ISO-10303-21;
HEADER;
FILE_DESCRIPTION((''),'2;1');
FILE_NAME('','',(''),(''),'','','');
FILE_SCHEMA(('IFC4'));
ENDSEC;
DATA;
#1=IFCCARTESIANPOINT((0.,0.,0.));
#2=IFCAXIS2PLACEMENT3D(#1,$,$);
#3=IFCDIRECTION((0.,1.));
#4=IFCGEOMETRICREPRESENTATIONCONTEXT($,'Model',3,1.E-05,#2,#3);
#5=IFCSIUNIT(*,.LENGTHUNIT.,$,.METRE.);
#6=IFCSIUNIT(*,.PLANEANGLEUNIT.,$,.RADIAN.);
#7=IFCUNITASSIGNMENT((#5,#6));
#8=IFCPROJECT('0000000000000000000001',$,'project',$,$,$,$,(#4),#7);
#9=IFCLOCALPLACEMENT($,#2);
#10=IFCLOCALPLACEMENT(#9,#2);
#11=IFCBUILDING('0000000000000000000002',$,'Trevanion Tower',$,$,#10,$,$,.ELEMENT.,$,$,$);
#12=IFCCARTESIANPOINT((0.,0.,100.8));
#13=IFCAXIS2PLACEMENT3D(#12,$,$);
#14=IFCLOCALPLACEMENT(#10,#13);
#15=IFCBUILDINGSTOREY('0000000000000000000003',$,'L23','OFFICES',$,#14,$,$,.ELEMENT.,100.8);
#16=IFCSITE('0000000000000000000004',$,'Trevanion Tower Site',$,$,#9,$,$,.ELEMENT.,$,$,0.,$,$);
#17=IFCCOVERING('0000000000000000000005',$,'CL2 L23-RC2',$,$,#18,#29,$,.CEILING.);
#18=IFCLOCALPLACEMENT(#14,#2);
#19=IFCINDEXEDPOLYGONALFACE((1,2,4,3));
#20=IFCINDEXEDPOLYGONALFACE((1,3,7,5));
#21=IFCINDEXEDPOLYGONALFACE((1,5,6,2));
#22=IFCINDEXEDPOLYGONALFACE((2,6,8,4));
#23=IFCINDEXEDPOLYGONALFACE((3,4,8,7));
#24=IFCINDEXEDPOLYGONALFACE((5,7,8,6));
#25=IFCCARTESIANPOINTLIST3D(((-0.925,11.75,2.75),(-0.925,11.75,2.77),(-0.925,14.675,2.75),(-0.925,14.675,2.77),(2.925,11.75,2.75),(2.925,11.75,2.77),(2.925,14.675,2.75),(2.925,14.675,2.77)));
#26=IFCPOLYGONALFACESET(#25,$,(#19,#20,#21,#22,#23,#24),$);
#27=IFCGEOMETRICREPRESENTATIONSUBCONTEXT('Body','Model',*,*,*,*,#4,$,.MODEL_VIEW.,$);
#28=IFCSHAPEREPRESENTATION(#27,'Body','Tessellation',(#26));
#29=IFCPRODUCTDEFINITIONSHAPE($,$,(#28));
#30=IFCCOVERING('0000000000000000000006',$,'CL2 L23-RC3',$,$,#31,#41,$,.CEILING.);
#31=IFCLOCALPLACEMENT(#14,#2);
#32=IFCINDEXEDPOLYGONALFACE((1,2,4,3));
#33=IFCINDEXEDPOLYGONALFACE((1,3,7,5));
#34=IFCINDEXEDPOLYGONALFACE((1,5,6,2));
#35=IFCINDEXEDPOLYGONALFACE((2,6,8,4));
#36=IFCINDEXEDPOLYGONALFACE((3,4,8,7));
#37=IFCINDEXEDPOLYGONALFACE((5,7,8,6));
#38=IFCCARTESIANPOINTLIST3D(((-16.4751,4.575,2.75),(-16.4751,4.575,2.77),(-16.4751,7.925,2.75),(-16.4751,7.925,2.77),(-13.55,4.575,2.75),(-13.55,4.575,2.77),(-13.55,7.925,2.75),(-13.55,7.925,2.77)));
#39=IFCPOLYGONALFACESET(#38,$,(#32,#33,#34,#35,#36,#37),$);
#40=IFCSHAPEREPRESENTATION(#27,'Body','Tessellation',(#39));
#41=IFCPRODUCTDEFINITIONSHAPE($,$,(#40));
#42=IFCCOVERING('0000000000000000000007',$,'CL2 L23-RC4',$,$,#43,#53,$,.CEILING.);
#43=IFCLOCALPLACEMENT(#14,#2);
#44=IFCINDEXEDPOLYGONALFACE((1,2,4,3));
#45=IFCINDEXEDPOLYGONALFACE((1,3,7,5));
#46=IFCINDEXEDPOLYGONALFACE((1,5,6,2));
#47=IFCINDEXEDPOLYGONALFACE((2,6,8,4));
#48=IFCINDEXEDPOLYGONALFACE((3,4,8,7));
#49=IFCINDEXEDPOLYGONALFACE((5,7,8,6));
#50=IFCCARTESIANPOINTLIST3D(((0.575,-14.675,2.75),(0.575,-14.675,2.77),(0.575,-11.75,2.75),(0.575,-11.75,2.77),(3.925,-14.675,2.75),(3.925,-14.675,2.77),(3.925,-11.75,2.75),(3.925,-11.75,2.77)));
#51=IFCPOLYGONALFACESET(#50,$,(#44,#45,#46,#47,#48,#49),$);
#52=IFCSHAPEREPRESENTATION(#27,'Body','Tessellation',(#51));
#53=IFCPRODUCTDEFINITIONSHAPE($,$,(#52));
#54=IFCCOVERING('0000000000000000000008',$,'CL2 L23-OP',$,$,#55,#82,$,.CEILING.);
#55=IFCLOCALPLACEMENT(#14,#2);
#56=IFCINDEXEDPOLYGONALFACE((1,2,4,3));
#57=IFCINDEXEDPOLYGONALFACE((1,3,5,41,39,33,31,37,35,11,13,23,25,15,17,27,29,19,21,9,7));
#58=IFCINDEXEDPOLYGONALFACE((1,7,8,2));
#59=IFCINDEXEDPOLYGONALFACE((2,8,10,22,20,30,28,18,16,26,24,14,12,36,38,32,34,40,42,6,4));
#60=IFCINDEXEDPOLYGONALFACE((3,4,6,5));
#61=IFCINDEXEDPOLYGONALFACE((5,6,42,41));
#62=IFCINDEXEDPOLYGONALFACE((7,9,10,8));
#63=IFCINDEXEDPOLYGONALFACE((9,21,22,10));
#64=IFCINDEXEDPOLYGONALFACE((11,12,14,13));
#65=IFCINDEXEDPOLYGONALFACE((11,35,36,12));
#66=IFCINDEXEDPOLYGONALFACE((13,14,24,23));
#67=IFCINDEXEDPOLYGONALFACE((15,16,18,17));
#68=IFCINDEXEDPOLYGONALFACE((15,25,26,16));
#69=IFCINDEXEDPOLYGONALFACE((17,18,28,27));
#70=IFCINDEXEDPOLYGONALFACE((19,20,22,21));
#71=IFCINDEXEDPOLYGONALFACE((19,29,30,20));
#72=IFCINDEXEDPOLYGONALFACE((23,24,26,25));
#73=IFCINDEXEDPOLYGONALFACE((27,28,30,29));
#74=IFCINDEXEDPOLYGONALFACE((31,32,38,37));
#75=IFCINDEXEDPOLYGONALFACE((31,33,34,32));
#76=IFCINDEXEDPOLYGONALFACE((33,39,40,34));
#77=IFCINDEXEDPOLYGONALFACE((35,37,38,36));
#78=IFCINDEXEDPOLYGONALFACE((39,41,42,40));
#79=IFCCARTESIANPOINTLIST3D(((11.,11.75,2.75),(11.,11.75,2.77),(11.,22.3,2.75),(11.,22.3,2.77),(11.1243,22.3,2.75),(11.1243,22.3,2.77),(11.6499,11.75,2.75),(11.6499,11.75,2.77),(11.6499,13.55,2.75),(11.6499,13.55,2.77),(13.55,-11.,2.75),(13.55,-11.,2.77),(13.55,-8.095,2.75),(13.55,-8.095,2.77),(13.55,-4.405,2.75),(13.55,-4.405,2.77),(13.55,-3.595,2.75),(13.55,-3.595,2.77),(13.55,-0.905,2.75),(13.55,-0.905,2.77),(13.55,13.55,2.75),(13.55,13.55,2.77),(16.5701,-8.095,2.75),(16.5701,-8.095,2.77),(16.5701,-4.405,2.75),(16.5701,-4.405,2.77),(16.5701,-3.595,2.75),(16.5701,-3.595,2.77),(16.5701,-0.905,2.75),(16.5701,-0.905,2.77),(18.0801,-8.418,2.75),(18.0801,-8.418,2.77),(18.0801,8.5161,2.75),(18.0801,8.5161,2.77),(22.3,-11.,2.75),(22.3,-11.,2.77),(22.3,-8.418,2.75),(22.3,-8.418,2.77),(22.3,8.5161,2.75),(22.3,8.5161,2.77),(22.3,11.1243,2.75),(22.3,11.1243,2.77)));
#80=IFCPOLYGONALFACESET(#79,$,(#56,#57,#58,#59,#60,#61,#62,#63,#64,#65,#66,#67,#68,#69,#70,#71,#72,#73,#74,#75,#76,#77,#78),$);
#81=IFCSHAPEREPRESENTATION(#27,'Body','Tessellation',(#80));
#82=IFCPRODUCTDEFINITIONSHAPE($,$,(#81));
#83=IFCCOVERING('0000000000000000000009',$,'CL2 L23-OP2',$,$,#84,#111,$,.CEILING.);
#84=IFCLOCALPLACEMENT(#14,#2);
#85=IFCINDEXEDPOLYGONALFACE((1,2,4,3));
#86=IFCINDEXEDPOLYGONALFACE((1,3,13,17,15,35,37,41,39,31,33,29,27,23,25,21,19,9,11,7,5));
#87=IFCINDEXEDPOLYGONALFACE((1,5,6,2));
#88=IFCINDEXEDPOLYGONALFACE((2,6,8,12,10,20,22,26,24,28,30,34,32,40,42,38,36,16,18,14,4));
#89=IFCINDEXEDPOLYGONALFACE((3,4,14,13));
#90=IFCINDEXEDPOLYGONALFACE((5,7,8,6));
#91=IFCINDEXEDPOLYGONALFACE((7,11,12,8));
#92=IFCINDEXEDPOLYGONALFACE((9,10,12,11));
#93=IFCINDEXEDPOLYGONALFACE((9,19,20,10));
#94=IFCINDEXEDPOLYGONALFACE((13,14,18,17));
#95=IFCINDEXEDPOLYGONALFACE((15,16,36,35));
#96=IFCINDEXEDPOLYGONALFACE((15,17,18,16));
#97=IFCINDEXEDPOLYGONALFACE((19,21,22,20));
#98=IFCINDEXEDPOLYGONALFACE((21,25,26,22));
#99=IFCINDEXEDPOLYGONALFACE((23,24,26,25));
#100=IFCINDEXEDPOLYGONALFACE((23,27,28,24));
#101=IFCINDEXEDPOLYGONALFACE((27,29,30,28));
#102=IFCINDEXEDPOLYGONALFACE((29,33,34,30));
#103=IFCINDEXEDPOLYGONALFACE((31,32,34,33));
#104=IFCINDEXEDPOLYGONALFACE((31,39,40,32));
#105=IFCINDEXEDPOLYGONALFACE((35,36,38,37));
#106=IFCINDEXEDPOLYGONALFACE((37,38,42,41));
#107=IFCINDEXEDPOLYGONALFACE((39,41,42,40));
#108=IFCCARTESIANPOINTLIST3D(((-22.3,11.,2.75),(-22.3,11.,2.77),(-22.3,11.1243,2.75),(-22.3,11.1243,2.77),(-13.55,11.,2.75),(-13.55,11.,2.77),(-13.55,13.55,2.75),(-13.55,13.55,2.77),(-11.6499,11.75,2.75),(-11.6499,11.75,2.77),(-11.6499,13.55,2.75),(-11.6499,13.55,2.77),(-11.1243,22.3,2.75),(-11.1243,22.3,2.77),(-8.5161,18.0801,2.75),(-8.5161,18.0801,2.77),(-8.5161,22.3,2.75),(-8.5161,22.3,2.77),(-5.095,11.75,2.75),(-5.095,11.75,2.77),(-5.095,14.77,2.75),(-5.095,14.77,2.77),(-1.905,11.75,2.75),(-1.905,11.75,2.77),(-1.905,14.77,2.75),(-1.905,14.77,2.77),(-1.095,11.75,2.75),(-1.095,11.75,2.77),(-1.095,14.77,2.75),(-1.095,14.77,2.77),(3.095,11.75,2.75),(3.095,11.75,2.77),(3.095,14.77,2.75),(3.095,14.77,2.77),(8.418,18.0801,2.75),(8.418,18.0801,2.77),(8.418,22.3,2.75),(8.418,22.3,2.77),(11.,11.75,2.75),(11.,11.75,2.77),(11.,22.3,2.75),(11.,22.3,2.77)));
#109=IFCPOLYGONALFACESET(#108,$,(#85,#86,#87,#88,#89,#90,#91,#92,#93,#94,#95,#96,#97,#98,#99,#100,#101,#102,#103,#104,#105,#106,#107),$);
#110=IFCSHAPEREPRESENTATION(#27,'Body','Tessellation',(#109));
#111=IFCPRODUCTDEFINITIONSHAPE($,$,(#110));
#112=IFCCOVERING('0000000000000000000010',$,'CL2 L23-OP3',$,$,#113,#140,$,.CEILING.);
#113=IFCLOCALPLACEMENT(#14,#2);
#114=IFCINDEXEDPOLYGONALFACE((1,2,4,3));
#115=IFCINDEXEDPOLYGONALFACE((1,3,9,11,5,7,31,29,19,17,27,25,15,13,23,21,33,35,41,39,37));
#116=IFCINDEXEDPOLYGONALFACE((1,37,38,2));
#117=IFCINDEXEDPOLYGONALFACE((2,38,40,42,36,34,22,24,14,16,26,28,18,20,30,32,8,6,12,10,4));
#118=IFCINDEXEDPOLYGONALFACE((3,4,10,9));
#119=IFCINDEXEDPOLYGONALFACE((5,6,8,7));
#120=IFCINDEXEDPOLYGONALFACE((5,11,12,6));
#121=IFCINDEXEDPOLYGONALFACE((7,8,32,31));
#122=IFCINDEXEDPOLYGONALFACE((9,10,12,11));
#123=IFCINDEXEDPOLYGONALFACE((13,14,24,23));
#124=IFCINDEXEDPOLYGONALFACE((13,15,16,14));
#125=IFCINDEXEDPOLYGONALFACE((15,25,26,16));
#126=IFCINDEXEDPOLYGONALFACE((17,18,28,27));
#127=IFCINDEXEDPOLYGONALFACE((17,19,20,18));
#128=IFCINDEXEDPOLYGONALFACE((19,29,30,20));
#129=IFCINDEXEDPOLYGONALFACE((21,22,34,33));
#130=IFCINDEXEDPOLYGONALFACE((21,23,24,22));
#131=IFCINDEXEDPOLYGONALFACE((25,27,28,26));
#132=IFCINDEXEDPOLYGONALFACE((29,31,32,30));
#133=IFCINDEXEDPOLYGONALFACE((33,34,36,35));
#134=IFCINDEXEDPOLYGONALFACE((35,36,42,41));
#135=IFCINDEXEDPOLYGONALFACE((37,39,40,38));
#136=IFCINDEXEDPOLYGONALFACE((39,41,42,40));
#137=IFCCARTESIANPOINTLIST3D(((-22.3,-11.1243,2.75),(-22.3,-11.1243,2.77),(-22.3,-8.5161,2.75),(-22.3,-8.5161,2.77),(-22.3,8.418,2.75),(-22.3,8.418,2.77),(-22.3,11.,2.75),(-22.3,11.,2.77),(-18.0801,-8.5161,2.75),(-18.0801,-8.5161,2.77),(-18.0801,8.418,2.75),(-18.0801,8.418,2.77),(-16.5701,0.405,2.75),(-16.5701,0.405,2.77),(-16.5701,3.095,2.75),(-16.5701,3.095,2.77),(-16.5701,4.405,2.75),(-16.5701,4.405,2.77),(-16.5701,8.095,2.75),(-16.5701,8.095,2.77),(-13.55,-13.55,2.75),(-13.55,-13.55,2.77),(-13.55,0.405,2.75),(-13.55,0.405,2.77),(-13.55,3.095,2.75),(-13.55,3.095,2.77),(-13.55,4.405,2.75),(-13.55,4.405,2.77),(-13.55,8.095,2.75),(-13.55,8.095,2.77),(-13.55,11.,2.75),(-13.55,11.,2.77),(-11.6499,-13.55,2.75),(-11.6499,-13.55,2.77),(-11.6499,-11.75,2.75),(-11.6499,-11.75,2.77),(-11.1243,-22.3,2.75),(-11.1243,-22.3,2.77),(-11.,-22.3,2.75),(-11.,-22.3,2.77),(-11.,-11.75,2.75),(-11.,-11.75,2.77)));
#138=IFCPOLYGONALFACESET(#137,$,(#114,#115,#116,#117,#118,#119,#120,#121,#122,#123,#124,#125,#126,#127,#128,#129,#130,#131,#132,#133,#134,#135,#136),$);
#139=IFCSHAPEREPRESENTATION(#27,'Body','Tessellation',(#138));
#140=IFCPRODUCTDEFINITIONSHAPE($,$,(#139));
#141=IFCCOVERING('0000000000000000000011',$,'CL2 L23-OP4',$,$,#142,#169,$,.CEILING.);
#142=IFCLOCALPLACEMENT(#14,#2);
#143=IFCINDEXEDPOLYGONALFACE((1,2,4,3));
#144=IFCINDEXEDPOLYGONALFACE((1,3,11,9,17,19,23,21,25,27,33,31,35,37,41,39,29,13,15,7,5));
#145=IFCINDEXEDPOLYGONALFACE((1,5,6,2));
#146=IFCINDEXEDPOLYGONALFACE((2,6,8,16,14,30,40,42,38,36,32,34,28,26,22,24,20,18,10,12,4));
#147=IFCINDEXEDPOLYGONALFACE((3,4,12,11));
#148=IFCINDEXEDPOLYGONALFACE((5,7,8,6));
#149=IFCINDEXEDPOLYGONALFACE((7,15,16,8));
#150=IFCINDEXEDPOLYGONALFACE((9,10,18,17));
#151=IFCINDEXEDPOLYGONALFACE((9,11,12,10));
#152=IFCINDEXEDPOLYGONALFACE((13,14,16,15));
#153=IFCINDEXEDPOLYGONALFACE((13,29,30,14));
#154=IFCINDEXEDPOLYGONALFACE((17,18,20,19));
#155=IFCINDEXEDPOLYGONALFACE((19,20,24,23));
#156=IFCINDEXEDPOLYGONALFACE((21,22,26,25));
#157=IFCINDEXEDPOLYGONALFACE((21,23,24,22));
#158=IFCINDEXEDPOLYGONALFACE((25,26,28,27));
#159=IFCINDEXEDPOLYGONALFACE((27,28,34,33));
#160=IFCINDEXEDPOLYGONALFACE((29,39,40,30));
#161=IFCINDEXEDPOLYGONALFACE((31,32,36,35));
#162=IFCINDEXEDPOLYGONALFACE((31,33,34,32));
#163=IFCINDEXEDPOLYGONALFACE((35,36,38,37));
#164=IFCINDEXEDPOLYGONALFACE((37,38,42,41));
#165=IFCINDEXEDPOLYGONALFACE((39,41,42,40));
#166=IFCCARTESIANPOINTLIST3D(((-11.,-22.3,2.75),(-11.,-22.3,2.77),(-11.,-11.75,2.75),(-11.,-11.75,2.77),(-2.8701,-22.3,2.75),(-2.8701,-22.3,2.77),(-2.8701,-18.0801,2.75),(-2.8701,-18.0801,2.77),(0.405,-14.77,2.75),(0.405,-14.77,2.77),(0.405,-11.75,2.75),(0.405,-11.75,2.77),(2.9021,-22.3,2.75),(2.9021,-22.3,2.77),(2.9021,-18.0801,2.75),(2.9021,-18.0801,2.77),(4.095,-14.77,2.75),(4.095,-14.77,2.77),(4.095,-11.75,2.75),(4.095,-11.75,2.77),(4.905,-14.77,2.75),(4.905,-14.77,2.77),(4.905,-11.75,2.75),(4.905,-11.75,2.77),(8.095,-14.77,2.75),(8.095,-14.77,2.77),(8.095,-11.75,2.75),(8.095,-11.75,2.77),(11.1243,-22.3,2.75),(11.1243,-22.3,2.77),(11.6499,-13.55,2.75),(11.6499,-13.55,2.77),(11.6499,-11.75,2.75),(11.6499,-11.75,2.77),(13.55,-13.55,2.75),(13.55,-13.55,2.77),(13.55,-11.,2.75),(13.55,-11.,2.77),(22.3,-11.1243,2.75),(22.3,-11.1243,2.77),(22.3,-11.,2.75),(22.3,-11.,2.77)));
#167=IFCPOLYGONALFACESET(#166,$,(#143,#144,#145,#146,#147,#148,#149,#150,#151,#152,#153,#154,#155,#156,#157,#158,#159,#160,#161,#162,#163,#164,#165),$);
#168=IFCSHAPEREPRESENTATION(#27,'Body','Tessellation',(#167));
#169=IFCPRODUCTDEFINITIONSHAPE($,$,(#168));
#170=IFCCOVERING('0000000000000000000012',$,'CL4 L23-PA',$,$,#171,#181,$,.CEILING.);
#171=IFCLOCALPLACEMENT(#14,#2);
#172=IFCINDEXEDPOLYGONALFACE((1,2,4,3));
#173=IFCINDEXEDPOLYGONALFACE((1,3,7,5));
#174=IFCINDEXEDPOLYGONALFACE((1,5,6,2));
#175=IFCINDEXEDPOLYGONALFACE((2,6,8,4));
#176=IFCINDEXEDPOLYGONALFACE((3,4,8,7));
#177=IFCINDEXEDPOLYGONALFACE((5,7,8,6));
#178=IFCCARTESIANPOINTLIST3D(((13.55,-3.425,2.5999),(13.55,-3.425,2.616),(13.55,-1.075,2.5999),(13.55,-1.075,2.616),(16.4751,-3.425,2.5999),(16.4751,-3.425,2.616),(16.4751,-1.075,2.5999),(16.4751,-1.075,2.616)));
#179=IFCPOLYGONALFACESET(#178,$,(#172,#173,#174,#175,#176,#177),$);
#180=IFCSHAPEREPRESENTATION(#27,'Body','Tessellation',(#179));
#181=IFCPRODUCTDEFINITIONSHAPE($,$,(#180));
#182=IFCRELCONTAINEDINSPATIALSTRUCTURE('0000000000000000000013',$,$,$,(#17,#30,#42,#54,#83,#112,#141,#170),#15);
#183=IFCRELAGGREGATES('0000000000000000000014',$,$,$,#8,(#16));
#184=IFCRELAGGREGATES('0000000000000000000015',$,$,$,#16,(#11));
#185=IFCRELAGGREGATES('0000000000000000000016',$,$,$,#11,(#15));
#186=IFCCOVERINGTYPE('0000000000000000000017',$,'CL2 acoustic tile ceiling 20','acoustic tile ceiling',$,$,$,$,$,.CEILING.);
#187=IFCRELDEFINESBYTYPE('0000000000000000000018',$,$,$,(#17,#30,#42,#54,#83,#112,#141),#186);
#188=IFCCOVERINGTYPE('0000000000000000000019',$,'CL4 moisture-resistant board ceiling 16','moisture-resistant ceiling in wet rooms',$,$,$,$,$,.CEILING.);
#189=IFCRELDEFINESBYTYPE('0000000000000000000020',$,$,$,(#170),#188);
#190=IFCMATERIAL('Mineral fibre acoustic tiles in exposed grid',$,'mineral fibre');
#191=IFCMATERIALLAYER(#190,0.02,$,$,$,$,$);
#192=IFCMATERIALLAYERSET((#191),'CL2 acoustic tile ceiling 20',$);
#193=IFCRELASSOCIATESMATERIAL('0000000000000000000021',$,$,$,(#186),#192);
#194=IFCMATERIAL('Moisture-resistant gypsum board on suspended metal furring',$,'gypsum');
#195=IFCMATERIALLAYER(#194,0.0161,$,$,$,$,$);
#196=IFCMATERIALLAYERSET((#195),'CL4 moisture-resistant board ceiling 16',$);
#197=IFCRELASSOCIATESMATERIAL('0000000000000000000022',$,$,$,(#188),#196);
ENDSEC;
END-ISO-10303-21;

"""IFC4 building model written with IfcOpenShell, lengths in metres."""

from ifc_helpers import new_model, si_unit, direction, frame, origin, place, context, subcontext, project, spatial, polyline, outline, extrude, material, layer, layer_set, type_object, element, save


model = new_model("IFC4")

# Units and contexts
model_context = context("Model", 3, precision=1e-05, world=origin(), true_north=direction((0.0, 1.0)))
body_context = subcontext(model_context, "Body", "Model", "MODEL_VIEW")
ifc_project = project(units=[si_unit("LENGTHUNIT", "METRE"), si_unit("PLANEANGLEUNIT", "RADIAN")], contexts=[model_context])

# Site, building, storey
site_placement = place(None, origin())
site = spatial("IfcSite", under=ifc_project, at=site_placement, Name="Trevanion Tower Site", CompositionType="ELEMENT", RefElevation=0.0)
building_placement = place(site_placement, origin())
building = spatial("IfcBuilding", under=site, at=building_placement, Name="Trevanion Tower", CompositionType="ELEMENT")
storey_placement = place(building_placement, frame((0.0, 0.0, 100.8)))
storey = spatial("IfcBuildingStorey", under=building, at=storey_placement, Name="L23", Description="OFFICES", CompositionType="ELEMENT", Elevation=100.8)

# Coverings
ifc_material_1 = material(Name="Mineral fibre acoustic tiles in exposed grid", Category="mineral fibre")
ifc_layer_1 = layer(ifc_material_1, 0.02)
ifc_layer_set_1 = layer_set([ifc_layer_1], Name="CL2 acoustic tile ceiling 20")
covering_type_1 = type_object("IfcCoveringType", Name="CL2 acoustic tile ceiling 20", Description="acoustic tile ceiling", PredefinedType="CEILING", material=ifc_layer_set_1)
covering_1_placement = place(storey_placement, frame((0.0, 0.0, 2.75)))
element("IfcCovering", 1, at=covering_1_placement, inside=storey, type_object=covering_type_1, Name="CL2 L23-RC2", PredefinedType="CEILING", context=body_context, shape_type="SweptSolid", body=[
    extrude(outline(polyline([(-0.925, 14.675), (2.925, 14.675), (2.925, 11.75), (-0.925, 11.75), (-0.925, 14.675)])), origin(), (0.0, 0.0, 1.0), 0.02),
])
covering_2_placement = place(storey_placement, frame((0.0, 0.0, 2.75)))
element("IfcCovering", 2, at=covering_2_placement, inside=storey, type_object=covering_type_1, Name="CL2 L23-RC3", PredefinedType="CEILING", context=body_context, shape_type="SweptSolid", body=[
    extrude(outline(polyline([(-13.55, 7.925), (-13.55, 4.575), (-16.4751, 4.575), (-16.4751, 7.925), (-13.55, 7.925)])), origin(), (0.0, 0.0, 1.0), 0.02),
])
covering_3_placement = place(storey_placement, frame((0.0, 0.0, 2.75)))
element("IfcCovering", 3, at=covering_3_placement, inside=storey, type_object=covering_type_1, Name="CL2 L23-RC4", PredefinedType="CEILING", context=body_context, shape_type="SweptSolid", body=[
    extrude(outline(polyline([(3.925, -14.675), (0.575, -14.675), (0.575, -11.75), (3.925, -11.75), (3.925, -14.675)])), origin(), (0.0, 0.0, 1.0), 0.02),
])
covering_4_placement = place(storey_placement, frame((0.0, 0.0, 2.75)))
element("IfcCovering", 4, at=covering_4_placement, inside=storey, type_object=covering_type_1, Name="CL2 L23-OP", PredefinedType="CEILING", context=body_context, shape_type="SweptSolid", body=[
    extrude(outline(polyline([(13.55, -8.095), (16.5701, -8.095), (16.5701, -4.405), (13.55, -4.405), (13.55, -3.595), (16.5701, -3.595), (16.5701, -0.905), (13.55, -0.905), (13.55, 13.55), (11.6499, 13.55), (11.6499, 11.75), (11.0, 11.75), (11.0, 22.3), (11.1243, 22.3), (22.3, 11.1243), (22.3, 8.5161), (18.0801, 8.5161), (18.0801, -8.418), (22.3, -8.418), (22.3, -11.0), (13.55, -11.0), (13.55, -8.095)])), origin(), (0.0, 0.0, 1.0), 0.02),
])
covering_5_placement = place(storey_placement, frame((0.0, 0.0, 2.75)))
element("IfcCovering", 5, at=covering_5_placement, inside=storey, type_object=covering_type_1, Name="CL2 L23-OP2", PredefinedType="CEILING", context=body_context, shape_type="SweptSolid", body=[
    extrude(outline(polyline([(3.095, 11.75), (3.095, 14.77), (-1.095, 14.77), (-1.095, 11.75), (-1.905, 11.75), (-1.905, 14.77), (-5.095, 14.77), (-5.095, 11.75), (-11.6499, 11.75), (-11.6499, 13.55), (-13.55, 13.55), (-13.55, 11.0), (-22.3, 11.0), (-22.3, 11.1243), (-11.1243, 22.3), (-8.5161, 22.3), (-8.5161, 18.0801), (8.418, 18.0801), (8.418, 22.3), (11.0, 22.3), (11.0, 11.75), (3.095, 11.75)])), origin(), (0.0, 0.0, 1.0), 0.02),
])
covering_6_placement = place(storey_placement, frame((0.0, 0.0, 2.75)))
element("IfcCovering", 6, at=covering_6_placement, inside=storey, type_object=covering_type_1, Name="CL2 L23-OP3", PredefinedType="CEILING", context=body_context, shape_type="SweptSolid", body=[
    extrude(outline(polyline([(-13.55, 8.095), (-16.5701, 8.095), (-16.5701, 4.405), (-13.55, 4.405), (-13.55, 3.095), (-16.5701, 3.095), (-16.5701, 0.405), (-13.55, 0.405), (-13.55, -13.55), (-11.6499, -13.55), (-11.6499, -11.75), (-11.0, -11.75), (-11.0, -22.3), (-11.1243, -22.3), (-22.3, -11.1243), (-22.3, -8.5161), (-18.0801, -8.5161), (-18.0801, 8.418), (-22.3, 8.418), (-22.3, 11.0), (-13.55, 11.0), (-13.55, 8.095)])), origin(), (0.0, 0.0, 1.0), 0.02),
])
covering_7_placement = place(storey_placement, frame((0.0, 0.0, 2.75)))
element("IfcCovering", 7, at=covering_7_placement, inside=storey, type_object=covering_type_1, Name="CL2 L23-OP4", PredefinedType="CEILING", context=body_context, shape_type="SweptSolid", body=[
    extrude(outline(polyline([(0.405, -11.75), (0.405, -14.77), (4.095, -14.77), (4.095, -11.75), (4.905, -11.75), (4.905, -14.77), (8.095, -14.77), (8.095, -11.75), (11.6499, -11.75), (11.6499, -13.55), (13.55, -13.55), (13.55, -11.0), (22.3, -11.0), (22.3, -11.1243), (11.1243, -22.3), (2.9021, -22.3), (2.9021, -18.0801), (-2.8701, -18.0801), (-2.8701, -22.3), (-11.0, -22.3), (-11.0, -11.75), (0.405, -11.75)])), origin(), (0.0, 0.0, 1.0), 0.02),
])
ifc_material_2 = material(Name="Moisture-resistant gypsum board on suspended metal furring", Category="gypsum")
ifc_layer_2 = layer(ifc_material_2, 0.0161)
ifc_layer_set_2 = layer_set([ifc_layer_2], Name="CL4 moisture-resistant board ceiling 16")
covering_type_2 = type_object("IfcCoveringType", Name="CL4 moisture-resistant board ceiling 16", Description="moisture-resistant ceiling in wet rooms", PredefinedType="CEILING", material=ifc_layer_set_2)
covering_8_placement = place(storey_placement, frame((0.0, 0.0, 2.5999)))
element("IfcCovering", 8, at=covering_8_placement, inside=storey, type_object=covering_type_2, Name="CL4 L23-PA", PredefinedType="CEILING", context=body_context, shape_type="SweptSolid", body=[
    extrude(outline(polyline([(13.55, -3.425), (13.55, -1.075), (16.4751, -1.075), (16.4751, -3.425), (13.55, -3.425)])), origin(), (0.0, 0.0, 1.0), 0.0161),
])

save(model, "model.ifc")
